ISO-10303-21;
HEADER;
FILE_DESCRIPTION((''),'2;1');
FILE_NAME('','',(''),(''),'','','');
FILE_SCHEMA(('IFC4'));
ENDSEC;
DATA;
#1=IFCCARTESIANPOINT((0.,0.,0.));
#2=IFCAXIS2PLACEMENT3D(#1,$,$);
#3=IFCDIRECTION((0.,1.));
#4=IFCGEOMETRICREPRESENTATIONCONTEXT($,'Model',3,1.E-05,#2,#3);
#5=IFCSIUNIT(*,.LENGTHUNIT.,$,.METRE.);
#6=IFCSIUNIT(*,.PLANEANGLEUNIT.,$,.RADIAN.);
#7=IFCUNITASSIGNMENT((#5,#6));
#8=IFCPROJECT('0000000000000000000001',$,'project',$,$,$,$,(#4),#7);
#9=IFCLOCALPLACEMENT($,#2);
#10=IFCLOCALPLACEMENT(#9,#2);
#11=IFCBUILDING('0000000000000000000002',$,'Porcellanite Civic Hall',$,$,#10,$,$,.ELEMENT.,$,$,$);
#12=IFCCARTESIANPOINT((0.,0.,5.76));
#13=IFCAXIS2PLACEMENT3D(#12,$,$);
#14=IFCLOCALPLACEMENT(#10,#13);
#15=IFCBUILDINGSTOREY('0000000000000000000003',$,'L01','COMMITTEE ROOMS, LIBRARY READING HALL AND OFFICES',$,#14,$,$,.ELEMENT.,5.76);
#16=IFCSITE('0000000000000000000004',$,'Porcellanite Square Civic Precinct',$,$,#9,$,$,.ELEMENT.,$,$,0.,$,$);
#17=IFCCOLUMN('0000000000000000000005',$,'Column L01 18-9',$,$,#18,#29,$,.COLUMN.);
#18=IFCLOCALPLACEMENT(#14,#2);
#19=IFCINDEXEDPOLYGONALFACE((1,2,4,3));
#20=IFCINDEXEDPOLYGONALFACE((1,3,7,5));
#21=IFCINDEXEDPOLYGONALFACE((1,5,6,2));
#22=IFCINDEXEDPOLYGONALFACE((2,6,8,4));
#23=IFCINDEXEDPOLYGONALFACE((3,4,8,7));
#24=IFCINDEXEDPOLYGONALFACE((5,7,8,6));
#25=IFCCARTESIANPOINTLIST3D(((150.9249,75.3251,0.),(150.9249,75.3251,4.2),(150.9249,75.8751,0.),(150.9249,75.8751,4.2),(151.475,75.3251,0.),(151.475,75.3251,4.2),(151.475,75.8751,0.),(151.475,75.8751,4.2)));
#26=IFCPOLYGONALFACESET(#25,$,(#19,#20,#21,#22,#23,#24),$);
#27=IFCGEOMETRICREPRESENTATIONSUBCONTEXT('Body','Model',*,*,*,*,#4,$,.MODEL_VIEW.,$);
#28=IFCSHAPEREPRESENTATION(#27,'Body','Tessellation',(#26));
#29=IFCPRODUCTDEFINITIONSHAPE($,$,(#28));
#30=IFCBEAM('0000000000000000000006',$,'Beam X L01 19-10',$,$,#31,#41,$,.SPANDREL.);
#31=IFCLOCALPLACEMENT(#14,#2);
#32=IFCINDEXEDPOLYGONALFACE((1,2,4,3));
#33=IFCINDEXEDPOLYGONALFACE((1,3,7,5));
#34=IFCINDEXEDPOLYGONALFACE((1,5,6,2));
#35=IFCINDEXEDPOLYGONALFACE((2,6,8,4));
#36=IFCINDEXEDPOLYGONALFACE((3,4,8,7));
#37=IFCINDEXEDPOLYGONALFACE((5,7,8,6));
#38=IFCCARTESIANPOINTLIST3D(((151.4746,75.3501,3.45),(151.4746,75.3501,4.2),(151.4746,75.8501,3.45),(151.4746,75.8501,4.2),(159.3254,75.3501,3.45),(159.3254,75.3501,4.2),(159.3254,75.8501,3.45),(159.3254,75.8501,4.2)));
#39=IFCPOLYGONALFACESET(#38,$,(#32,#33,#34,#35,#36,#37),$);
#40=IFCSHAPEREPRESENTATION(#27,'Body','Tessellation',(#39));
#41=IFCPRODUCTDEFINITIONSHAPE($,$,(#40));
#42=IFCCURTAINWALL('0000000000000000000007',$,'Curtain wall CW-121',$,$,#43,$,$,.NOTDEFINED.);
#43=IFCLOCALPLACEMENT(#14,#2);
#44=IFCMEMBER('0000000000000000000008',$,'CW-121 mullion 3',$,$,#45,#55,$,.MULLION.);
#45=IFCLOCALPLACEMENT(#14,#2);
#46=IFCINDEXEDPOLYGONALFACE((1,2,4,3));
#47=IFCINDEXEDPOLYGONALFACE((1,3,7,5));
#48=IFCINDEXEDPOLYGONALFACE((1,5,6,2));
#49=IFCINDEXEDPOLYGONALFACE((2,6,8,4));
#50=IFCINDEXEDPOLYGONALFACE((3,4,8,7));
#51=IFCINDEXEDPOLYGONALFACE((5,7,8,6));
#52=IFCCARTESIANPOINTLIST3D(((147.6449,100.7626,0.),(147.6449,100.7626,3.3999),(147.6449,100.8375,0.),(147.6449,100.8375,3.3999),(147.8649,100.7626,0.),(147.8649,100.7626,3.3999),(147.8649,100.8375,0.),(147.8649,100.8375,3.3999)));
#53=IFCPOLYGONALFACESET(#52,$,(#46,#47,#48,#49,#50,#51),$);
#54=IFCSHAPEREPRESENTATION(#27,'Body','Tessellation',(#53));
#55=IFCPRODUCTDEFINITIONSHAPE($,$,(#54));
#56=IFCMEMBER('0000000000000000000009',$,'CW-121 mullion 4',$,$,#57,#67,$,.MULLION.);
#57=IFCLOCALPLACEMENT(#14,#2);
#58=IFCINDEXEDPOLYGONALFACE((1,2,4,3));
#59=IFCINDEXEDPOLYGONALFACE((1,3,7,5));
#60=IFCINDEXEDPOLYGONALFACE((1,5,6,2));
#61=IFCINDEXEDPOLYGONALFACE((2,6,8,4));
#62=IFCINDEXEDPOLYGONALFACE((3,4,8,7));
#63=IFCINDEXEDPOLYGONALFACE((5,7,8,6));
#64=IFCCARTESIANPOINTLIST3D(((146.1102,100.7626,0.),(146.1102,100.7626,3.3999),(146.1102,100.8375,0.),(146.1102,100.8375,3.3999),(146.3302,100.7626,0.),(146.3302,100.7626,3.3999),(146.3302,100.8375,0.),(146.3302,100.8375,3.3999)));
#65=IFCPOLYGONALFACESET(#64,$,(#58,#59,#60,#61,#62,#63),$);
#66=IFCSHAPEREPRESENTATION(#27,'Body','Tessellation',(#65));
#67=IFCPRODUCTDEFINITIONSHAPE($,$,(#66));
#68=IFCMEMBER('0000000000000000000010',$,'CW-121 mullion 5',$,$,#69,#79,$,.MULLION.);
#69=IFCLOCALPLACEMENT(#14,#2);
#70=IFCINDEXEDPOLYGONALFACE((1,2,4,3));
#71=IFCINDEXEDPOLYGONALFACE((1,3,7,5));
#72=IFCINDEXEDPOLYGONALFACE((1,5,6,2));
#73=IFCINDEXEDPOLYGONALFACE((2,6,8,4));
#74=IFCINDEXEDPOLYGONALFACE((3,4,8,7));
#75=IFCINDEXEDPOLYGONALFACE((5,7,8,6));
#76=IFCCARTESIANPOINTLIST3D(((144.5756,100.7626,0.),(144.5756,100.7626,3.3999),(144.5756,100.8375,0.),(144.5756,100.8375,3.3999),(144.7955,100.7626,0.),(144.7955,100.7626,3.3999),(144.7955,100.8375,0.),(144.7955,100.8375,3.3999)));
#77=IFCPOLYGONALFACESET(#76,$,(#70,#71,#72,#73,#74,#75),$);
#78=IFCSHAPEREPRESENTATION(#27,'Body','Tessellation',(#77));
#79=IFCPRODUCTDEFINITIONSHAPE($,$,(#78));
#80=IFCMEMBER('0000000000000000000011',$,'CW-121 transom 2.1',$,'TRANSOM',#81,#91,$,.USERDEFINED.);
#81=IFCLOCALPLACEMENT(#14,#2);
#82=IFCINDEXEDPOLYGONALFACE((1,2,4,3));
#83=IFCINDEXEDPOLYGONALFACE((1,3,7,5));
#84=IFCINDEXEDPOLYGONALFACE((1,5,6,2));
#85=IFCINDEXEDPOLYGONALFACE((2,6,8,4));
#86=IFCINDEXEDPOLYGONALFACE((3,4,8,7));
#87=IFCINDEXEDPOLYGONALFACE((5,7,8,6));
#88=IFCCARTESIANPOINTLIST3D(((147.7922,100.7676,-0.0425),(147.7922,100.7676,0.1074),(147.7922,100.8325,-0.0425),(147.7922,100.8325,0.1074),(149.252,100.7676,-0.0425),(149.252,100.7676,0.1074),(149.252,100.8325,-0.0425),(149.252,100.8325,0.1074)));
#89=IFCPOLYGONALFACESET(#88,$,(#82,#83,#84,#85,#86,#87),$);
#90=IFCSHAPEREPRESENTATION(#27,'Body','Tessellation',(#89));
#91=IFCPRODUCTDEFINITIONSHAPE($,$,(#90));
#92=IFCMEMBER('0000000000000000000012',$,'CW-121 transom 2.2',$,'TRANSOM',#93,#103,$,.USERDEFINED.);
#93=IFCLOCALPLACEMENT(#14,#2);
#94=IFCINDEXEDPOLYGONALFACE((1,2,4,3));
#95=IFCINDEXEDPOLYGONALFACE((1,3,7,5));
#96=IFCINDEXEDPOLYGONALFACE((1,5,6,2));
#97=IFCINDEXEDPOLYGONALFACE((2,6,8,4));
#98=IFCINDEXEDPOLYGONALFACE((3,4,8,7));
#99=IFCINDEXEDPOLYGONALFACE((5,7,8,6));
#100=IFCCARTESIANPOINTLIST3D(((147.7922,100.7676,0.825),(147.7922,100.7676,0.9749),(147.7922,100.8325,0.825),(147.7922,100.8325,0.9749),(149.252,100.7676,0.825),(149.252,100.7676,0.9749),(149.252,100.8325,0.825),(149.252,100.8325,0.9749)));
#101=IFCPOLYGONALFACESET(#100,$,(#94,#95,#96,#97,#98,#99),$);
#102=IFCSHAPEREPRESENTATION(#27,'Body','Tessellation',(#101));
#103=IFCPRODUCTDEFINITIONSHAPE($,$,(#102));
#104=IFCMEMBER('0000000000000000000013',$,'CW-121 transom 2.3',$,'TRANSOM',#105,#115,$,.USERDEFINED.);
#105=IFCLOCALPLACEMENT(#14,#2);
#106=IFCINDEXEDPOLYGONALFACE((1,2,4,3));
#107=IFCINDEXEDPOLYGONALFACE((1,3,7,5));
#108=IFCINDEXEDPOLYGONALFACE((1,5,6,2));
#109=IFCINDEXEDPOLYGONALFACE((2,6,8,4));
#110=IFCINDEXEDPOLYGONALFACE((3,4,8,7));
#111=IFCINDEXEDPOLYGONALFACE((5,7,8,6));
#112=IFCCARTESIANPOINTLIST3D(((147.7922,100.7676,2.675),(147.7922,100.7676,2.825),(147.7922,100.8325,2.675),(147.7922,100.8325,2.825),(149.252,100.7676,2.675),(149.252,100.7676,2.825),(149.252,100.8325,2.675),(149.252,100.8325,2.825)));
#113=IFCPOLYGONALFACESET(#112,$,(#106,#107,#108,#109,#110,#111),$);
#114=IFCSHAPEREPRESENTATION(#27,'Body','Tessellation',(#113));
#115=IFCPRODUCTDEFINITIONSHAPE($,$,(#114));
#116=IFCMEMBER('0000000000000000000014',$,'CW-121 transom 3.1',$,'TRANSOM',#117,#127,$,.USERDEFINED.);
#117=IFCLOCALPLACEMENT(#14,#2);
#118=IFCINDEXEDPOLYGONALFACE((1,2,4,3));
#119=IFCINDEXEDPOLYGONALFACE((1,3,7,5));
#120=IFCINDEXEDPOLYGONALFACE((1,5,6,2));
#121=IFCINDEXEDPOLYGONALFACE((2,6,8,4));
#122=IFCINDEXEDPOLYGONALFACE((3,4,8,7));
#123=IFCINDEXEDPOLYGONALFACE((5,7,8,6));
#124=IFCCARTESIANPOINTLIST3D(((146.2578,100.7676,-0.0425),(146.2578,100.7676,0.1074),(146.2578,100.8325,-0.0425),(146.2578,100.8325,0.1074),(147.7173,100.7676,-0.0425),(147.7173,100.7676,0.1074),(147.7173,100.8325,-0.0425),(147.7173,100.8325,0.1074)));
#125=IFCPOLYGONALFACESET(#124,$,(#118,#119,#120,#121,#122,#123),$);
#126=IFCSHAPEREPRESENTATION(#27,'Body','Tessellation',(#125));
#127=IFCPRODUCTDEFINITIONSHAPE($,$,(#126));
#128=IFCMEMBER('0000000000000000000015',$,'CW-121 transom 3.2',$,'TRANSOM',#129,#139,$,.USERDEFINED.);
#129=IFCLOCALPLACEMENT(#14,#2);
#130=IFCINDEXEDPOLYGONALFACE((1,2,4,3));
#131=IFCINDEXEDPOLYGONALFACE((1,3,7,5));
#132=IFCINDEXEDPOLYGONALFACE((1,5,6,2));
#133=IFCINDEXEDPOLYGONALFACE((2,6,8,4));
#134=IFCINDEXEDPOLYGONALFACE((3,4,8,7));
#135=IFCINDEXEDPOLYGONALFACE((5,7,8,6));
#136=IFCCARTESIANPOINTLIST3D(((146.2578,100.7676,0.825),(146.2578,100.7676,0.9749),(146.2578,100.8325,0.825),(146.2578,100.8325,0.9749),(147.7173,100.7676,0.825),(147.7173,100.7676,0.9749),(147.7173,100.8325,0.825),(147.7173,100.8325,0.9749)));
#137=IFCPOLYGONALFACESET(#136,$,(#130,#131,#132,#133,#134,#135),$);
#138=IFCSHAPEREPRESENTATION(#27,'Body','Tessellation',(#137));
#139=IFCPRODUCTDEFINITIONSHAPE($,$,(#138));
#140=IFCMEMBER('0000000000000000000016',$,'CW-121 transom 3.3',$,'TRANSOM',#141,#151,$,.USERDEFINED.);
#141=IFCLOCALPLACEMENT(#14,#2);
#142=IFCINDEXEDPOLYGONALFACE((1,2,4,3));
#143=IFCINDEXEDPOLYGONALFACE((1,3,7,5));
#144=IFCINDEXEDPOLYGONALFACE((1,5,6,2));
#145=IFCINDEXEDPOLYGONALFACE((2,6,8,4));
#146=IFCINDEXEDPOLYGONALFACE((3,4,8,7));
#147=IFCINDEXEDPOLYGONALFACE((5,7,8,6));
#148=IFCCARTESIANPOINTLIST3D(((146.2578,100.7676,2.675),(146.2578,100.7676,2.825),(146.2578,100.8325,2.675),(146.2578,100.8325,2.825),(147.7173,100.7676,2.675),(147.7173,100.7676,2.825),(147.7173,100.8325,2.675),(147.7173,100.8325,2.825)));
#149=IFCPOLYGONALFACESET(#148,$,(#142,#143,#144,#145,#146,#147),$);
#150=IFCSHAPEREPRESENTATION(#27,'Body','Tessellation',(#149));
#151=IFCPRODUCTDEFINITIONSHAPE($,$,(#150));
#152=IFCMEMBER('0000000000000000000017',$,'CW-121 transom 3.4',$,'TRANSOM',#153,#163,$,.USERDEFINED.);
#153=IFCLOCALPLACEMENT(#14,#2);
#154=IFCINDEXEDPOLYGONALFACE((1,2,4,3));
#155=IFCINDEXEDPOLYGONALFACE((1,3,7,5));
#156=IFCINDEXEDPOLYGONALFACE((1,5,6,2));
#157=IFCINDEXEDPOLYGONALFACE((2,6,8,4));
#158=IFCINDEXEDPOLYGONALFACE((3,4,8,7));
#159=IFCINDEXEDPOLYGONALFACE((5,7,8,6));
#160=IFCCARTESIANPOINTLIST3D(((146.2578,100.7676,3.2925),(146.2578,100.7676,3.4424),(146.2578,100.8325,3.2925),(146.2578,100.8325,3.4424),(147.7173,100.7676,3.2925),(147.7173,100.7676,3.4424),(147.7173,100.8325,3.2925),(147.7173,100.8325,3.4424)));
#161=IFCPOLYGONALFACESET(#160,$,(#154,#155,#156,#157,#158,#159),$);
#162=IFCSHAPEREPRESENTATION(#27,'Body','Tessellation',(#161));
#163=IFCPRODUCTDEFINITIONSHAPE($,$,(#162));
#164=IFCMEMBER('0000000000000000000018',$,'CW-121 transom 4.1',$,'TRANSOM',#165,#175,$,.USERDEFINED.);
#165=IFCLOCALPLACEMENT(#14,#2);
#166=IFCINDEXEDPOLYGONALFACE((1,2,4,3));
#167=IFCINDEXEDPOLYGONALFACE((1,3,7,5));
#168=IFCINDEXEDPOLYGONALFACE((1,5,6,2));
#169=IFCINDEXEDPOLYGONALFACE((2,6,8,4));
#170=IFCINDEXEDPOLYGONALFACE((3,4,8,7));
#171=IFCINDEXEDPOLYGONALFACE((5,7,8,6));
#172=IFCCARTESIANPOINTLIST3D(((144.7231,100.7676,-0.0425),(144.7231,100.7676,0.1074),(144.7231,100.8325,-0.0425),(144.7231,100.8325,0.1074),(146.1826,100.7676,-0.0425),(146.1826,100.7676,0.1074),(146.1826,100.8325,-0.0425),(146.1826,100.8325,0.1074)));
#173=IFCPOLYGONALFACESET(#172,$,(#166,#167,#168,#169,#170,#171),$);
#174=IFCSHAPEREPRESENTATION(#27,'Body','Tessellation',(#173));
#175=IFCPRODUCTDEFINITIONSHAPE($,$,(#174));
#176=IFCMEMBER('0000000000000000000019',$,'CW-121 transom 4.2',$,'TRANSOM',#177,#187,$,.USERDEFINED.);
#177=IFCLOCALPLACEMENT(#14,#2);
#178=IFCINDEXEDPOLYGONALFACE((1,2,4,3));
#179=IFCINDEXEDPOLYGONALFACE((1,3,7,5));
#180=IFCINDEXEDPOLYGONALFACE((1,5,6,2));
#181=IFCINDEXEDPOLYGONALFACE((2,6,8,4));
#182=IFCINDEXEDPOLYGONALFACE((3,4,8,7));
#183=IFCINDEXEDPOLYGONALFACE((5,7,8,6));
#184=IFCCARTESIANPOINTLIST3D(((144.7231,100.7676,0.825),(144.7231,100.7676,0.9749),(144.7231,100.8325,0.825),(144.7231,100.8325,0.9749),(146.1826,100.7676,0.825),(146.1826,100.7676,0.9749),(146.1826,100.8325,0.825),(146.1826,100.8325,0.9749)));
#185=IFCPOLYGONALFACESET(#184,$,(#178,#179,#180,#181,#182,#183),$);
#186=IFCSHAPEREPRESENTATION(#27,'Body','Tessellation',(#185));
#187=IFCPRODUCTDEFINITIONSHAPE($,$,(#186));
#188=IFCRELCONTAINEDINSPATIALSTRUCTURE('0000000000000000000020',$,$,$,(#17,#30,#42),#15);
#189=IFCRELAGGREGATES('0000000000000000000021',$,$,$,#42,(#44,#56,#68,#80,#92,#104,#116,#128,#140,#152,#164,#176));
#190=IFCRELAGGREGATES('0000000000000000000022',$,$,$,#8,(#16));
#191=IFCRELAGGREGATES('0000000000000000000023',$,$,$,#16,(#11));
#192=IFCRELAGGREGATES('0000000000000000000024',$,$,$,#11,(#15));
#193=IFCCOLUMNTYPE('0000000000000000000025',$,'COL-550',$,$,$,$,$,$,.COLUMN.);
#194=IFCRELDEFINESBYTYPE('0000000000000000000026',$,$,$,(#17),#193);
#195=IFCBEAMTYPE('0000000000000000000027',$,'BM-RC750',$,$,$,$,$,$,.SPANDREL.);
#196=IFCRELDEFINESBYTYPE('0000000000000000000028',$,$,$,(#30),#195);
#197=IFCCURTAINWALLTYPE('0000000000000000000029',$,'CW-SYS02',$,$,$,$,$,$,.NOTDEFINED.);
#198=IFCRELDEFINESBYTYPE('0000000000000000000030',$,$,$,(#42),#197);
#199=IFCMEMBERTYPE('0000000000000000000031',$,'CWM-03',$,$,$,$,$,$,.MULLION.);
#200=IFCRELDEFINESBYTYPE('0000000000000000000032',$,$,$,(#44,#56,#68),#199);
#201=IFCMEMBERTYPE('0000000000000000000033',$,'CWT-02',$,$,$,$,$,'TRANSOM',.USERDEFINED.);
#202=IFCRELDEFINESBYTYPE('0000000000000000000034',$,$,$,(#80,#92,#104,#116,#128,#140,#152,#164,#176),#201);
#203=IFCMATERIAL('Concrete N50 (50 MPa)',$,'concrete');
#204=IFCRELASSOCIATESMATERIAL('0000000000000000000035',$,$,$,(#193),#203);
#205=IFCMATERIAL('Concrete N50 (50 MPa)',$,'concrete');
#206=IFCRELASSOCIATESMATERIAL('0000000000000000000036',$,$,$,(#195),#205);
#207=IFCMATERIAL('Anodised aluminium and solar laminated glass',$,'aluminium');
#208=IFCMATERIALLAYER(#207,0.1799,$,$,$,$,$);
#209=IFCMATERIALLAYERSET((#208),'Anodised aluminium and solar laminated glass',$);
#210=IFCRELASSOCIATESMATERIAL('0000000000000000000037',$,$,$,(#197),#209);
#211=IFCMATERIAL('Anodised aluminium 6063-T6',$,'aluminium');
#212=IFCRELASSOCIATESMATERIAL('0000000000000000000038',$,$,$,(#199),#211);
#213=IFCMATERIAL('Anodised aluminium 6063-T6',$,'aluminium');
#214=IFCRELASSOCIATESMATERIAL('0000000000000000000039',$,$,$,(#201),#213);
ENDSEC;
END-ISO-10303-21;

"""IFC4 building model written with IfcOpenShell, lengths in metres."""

from ifc_helpers import new_model, si_unit, direction, frame, origin, origin_2d, place, context, subcontext, project, spatial, rectangle, extrude, material, layer, layer_set, material_profile, profile_set, type_object, element, aggregate, save


model = new_model("IFC4")

# Units and contexts
model_context = context("Model", 3, precision=1e-05, world=origin(), true_north=direction((0.0, 1.0)))
body_context = subcontext(model_context, "Body", "Model", "MODEL_VIEW")
ifc_project = project(units=[si_unit("LENGTHUNIT", "METRE"), si_unit("PLANEANGLEUNIT", "RADIAN")], contexts=[model_context])

# Site, building, storey
site_placement = place(None, origin())
site = spatial("IfcSite", under=ifc_project, at=site_placement, Name="Porcellanite Square Civic Precinct", CompositionType="ELEMENT", RefElevation=0.0)
building_placement = place(site_placement, origin())
building = spatial("IfcBuilding", under=site, at=building_placement, Name="Porcellanite Civic Hall", CompositionType="ELEMENT")
storey_placement = place(building_placement, frame((0.0, 0.0, 5.76)))
storey = spatial("IfcBuildingStorey", under=building, at=storey_placement, Name="L01", Description="COMMITTEE ROOMS, LIBRARY READING HALL AND OFFICES", CompositionType="ELEMENT", Elevation=5.76)

# Column
ifc_material_1 = material(Name="Concrete N50 (50 MPa)", Category="concrete")
ifc_material_profile_1 = material_profile(ifc_material_1, rectangle(XDim=0.55, YDim=0.55, at=origin_2d()), Name="RC-550x550")
ifc_profile_set_1 = profile_set([ifc_material_profile_1], Name="Concrete N50 (50 MPa)")
column_type = type_object("IfcColumnType", Name="COL-550", PredefinedType="COLUMN", material=ifc_profile_set_1)
column_placement = place(storey_placement, frame((151.2, 75.6001, 0.0), z_axis=(0.0, 0.0, 1.0), x_axis=(1.0, 0.0, 0.0)))
element("IfcColumn", 1, at=column_placement, inside=storey, type_object=column_type, Name="Column L01 18-9", PredefinedType="COLUMN", context=body_context, shape_type="SweptSolid", body=[
    extrude(rectangle(XDim=0.55, YDim=0.55, at=origin_2d()), origin(), (0.0, 0.0, 1.0), 4.2),
])

# Beam
ifc_material_2 = material(Name="Concrete N50 (50 MPa)", Category="concrete")
ifc_material_profile_2 = material_profile(ifc_material_2, rectangle(XDim=0.5, YDim=0.75, at=origin_2d()), Name="RC-500x750")
ifc_profile_set_2 = profile_set([ifc_material_profile_2], Name="Concrete N50 (50 MPa)")
beam_type = type_object("IfcBeamType", Name="BM-RC750", PredefinedType="SPANDREL", material=ifc_profile_set_2)
beam_placement = place(storey_placement, frame((151.4746, 75.6001, 3.825), z_axis=(1.0, 0.0, 0.0), x_axis=(0.0, 1.0, 0.0)))
element("IfcBeam", 2, at=beam_placement, inside=storey, type_object=beam_type, Name="Beam X L01 19-10", PredefinedType="SPANDREL", context=body_context, shape_type="SweptSolid", body=[
    extrude(rectangle(XDim=0.5, YDim=0.75, at=origin_2d()), origin(), (0.0, 0.0, 1.0), 7.8508),
])

# Curtain wall, members
ifc_material_3 = material(Name="Anodised aluminium and solar laminated glass", Category="aluminium")
ifc_layer_1 = layer(ifc_material_3, 0.1799)
ifc_layer_set_1 = layer_set([ifc_layer_1], Name="Anodised aluminium and solar laminated glass")
curtain_wall_type = type_object("IfcCurtainWallType", Name="CW-SYS02", PredefinedType="NOTDEFINED", material=ifc_layer_set_1)
curtain_wall_placement = place(storey_placement, origin())
curtain_wall = element("IfcCurtainWall", 3, at=curtain_wall_placement, inside=storey, type_object=curtain_wall_type, Name="Curtain wall CW-121", PredefinedType="NOTDEFINED")
ifc_material_4 = material(Name="Anodised aluminium 6063-T6", Category="aluminium")
ifc_material_profile_3 = material_profile(ifc_material_4, rectangle(XDim=0.075, YDim=0.22, at=origin_2d()), Name="AL-75x220")
ifc_profile_set_3 = profile_set([ifc_material_profile_3], Name="Anodised aluminium 6063-T6")
member_type_1 = type_object("IfcMemberType", Name="CWM-03", PredefinedType="MULLION", material=ifc_profile_set_3)
member_1_placement = place(storey_placement, frame((147.7549, 100.8, 0.0), z_axis=(0.0, 0.0, 1.0), x_axis=(0.0, -1.0, 0.0)))
member_1 = element("IfcMember", 4, at=member_1_placement, type_object=member_type_1, Name="CW-121 mullion 3", PredefinedType="MULLION", context=body_context, shape_type="SweptSolid", body=[
    extrude(rectangle(XDim=0.075, YDim=0.22, at=origin_2d()), origin(), (0.0, 0.0, 1.0), 3.3999),
])
member_2_placement = place(storey_placement, frame((146.2202, 100.8, 0.0), z_axis=(0.0, 0.0, 1.0), x_axis=(0.0, -1.0, 0.0)))
member_2 = element("IfcMember", 5, at=member_2_placement, type_object=member_type_1, Name="CW-121 mullion 4", PredefinedType="MULLION", context=body_context, shape_type="SweptSolid", body=[
    extrude(rectangle(XDim=0.075, YDim=0.22, at=origin_2d()), origin(), (0.0, 0.0, 1.0), 3.3999),
])
member_3_placement = place(storey_placement, frame((144.6855, 100.8, 0.0), z_axis=(0.0, 0.0, 1.0), x_axis=(0.0, -1.0, 0.0)))
member_3 = element("IfcMember", 6, at=member_3_placement, type_object=member_type_1, Name="CW-121 mullion 5", PredefinedType="MULLION", context=body_context, shape_type="SweptSolid", body=[
    extrude(rectangle(XDim=0.075, YDim=0.22, at=origin_2d()), origin(), (0.0, 0.0, 1.0), 3.3999),
])
ifc_material_5 = material(Name="Anodised aluminium 6063-T6", Category="aluminium")
ifc_material_profile_4 = material_profile(ifc_material_5, rectangle(XDim=0.0649, YDim=0.1499, at=origin_2d()), Name="AL-65x150")
ifc_profile_set_4 = profile_set([ifc_material_profile_4], Name="Anodised aluminium 6063-T6")
member_type_2 = type_object("IfcMemberType", Name="CWT-02", ElementType="TRANSOM", PredefinedType="USERDEFINED", material=ifc_profile_set_4)
member_4_placement = place(storey_placement, frame((149.252, 100.8, 0.0325), z_axis=(-1.0, 0.0, 0.0), x_axis=(0.0, -1.0, 0.0)))
member_4 = element("IfcMember", 7, at=member_4_placement, type_object=member_type_2, Name="CW-121 transom 2.1", ObjectType="TRANSOM", PredefinedType="USERDEFINED", context=body_context, shape_type="SweptSolid", body=[
    extrude(rectangle(XDim=0.0649, YDim=0.1499, at=origin_2d()), origin(), (0.0, 0.0, 1.0), 1.4597),
])
member_5_placement = place(storey_placement, frame((149.252, 100.8, 0.8999), z_axis=(-1.0, 0.0, 0.0), x_axis=(0.0, -1.0, 0.0)))
member_5 = element("IfcMember", 8, at=member_5_placement, type_object=member_type_2, Name="CW-121 transom 2.2", ObjectType="TRANSOM", PredefinedType="USERDEFINED", context=body_context, shape_type="SweptSolid", body=[
    extrude(rectangle(XDim=0.0649, YDim=0.1499, at=origin_2d()), origin(), (0.0, 0.0, 1.0), 1.4597),
])
member_6_placement = place(storey_placement, frame((149.252, 100.8, 2.75), z_axis=(-1.0, 0.0, 0.0), x_axis=(0.0, -1.0, 0.0)))
member_6 = element("IfcMember", 9, at=member_6_placement, type_object=member_type_2, Name="CW-121 transom 2.3", ObjectType="TRANSOM", PredefinedType="USERDEFINED", context=body_context, shape_type="SweptSolid", body=[
    extrude(rectangle(XDim=0.0649, YDim=0.1499, at=origin_2d()), origin(), (0.0, 0.0, 1.0), 1.4597),
])
member_7_placement = place(storey_placement, frame((147.7173, 100.8, 0.0325), z_axis=(-1.0, 0.0, 0.0), x_axis=(0.0, -1.0, 0.0)))
member_7 = element("IfcMember", 10, at=member_7_placement, type_object=member_type_2, Name="CW-121 transom 3.1", ObjectType="TRANSOM", PredefinedType="USERDEFINED", context=body_context, shape_type="SweptSolid", body=[
    extrude(rectangle(XDim=0.0649, YDim=0.1499, at=origin_2d()), origin(), (0.0, 0.0, 1.0), 1.4595),
])
member_8_placement = place(storey_placement, frame((147.7173, 100.8, 0.8999), z_axis=(-1.0, 0.0, 0.0), x_axis=(0.0, -1.0, 0.0)))
member_8 = element("IfcMember", 11, at=member_8_placement, type_object=member_type_2, Name="CW-121 transom 3.2", ObjectType="TRANSOM", PredefinedType="USERDEFINED", context=body_context, shape_type="SweptSolid", body=[
    extrude(rectangle(XDim=0.0649, YDim=0.1499, at=origin_2d()), origin(), (0.0, 0.0, 1.0), 1.4595),
])
member_9_placement = place(storey_placement, frame((147.7173, 100.8, 2.75), z_axis=(-1.0, 0.0, 0.0), x_axis=(0.0, -1.0, 0.0)))
member_9 = element("IfcMember", 12, at=member_9_placement, type_object=member_type_2, Name="CW-121 transom 3.3", ObjectType="TRANSOM", PredefinedType="USERDEFINED", context=body_context, shape_type="SweptSolid", body=[
    extrude(rectangle(XDim=0.0649, YDim=0.1499, at=origin_2d()), origin(), (0.0, 0.0, 1.0), 1.4595),
])
member_10_placement = place(storey_placement, frame((147.7173, 100.8, 3.3674), z_axis=(-1.0, 0.0, 0.0), x_axis=(0.0, -1.0, 0.0)))
member_10 = element("IfcMember", 13, at=member_10_placement, type_object=member_type_2, Name="CW-121 transom 3.4", ObjectType="TRANSOM", PredefinedType="USERDEFINED", context=body_context, shape_type="SweptSolid", body=[
    extrude(rectangle(XDim=0.0649, YDim=0.1499, at=origin_2d()), origin(), (0.0, 0.0, 1.0), 1.4595),
])
member_11_placement = place(storey_placement, frame((146.1826, 100.8, 0.0325), z_axis=(-1.0, 0.0, 0.0), x_axis=(0.0, -1.0, 0.0)))
member_11 = element("IfcMember", 14, at=member_11_placement, type_object=member_type_2, Name="CW-121 transom 4.1", ObjectType="TRANSOM", PredefinedType="USERDEFINED", context=body_context, shape_type="SweptSolid", body=[
    extrude(rectangle(XDim=0.0649, YDim=0.1499, at=origin_2d()), origin(), (0.0, 0.0, 1.0), 1.4595),
])
member_12_placement = place(storey_placement, frame((146.1826, 100.8, 0.8999), z_axis=(-1.0, 0.0, 0.0), x_axis=(0.0, -1.0, 0.0)))
member_12 = element("IfcMember", 15, at=member_12_placement, type_object=member_type_2, Name="CW-121 transom 4.2", ObjectType="TRANSOM", PredefinedType="USERDEFINED", context=body_context, shape_type="SweptSolid", body=[
    extrude(rectangle(XDim=0.0649, YDim=0.1499, at=origin_2d()), origin(), (0.0, 0.0, 1.0), 1.4595),
])

aggregate(curtain_wall, [member_1, member_2, member_3, member_4, member_5, member_6, member_7, member_8, member_9, member_10, member_11, member_12])

save(model, "model.ifc")
